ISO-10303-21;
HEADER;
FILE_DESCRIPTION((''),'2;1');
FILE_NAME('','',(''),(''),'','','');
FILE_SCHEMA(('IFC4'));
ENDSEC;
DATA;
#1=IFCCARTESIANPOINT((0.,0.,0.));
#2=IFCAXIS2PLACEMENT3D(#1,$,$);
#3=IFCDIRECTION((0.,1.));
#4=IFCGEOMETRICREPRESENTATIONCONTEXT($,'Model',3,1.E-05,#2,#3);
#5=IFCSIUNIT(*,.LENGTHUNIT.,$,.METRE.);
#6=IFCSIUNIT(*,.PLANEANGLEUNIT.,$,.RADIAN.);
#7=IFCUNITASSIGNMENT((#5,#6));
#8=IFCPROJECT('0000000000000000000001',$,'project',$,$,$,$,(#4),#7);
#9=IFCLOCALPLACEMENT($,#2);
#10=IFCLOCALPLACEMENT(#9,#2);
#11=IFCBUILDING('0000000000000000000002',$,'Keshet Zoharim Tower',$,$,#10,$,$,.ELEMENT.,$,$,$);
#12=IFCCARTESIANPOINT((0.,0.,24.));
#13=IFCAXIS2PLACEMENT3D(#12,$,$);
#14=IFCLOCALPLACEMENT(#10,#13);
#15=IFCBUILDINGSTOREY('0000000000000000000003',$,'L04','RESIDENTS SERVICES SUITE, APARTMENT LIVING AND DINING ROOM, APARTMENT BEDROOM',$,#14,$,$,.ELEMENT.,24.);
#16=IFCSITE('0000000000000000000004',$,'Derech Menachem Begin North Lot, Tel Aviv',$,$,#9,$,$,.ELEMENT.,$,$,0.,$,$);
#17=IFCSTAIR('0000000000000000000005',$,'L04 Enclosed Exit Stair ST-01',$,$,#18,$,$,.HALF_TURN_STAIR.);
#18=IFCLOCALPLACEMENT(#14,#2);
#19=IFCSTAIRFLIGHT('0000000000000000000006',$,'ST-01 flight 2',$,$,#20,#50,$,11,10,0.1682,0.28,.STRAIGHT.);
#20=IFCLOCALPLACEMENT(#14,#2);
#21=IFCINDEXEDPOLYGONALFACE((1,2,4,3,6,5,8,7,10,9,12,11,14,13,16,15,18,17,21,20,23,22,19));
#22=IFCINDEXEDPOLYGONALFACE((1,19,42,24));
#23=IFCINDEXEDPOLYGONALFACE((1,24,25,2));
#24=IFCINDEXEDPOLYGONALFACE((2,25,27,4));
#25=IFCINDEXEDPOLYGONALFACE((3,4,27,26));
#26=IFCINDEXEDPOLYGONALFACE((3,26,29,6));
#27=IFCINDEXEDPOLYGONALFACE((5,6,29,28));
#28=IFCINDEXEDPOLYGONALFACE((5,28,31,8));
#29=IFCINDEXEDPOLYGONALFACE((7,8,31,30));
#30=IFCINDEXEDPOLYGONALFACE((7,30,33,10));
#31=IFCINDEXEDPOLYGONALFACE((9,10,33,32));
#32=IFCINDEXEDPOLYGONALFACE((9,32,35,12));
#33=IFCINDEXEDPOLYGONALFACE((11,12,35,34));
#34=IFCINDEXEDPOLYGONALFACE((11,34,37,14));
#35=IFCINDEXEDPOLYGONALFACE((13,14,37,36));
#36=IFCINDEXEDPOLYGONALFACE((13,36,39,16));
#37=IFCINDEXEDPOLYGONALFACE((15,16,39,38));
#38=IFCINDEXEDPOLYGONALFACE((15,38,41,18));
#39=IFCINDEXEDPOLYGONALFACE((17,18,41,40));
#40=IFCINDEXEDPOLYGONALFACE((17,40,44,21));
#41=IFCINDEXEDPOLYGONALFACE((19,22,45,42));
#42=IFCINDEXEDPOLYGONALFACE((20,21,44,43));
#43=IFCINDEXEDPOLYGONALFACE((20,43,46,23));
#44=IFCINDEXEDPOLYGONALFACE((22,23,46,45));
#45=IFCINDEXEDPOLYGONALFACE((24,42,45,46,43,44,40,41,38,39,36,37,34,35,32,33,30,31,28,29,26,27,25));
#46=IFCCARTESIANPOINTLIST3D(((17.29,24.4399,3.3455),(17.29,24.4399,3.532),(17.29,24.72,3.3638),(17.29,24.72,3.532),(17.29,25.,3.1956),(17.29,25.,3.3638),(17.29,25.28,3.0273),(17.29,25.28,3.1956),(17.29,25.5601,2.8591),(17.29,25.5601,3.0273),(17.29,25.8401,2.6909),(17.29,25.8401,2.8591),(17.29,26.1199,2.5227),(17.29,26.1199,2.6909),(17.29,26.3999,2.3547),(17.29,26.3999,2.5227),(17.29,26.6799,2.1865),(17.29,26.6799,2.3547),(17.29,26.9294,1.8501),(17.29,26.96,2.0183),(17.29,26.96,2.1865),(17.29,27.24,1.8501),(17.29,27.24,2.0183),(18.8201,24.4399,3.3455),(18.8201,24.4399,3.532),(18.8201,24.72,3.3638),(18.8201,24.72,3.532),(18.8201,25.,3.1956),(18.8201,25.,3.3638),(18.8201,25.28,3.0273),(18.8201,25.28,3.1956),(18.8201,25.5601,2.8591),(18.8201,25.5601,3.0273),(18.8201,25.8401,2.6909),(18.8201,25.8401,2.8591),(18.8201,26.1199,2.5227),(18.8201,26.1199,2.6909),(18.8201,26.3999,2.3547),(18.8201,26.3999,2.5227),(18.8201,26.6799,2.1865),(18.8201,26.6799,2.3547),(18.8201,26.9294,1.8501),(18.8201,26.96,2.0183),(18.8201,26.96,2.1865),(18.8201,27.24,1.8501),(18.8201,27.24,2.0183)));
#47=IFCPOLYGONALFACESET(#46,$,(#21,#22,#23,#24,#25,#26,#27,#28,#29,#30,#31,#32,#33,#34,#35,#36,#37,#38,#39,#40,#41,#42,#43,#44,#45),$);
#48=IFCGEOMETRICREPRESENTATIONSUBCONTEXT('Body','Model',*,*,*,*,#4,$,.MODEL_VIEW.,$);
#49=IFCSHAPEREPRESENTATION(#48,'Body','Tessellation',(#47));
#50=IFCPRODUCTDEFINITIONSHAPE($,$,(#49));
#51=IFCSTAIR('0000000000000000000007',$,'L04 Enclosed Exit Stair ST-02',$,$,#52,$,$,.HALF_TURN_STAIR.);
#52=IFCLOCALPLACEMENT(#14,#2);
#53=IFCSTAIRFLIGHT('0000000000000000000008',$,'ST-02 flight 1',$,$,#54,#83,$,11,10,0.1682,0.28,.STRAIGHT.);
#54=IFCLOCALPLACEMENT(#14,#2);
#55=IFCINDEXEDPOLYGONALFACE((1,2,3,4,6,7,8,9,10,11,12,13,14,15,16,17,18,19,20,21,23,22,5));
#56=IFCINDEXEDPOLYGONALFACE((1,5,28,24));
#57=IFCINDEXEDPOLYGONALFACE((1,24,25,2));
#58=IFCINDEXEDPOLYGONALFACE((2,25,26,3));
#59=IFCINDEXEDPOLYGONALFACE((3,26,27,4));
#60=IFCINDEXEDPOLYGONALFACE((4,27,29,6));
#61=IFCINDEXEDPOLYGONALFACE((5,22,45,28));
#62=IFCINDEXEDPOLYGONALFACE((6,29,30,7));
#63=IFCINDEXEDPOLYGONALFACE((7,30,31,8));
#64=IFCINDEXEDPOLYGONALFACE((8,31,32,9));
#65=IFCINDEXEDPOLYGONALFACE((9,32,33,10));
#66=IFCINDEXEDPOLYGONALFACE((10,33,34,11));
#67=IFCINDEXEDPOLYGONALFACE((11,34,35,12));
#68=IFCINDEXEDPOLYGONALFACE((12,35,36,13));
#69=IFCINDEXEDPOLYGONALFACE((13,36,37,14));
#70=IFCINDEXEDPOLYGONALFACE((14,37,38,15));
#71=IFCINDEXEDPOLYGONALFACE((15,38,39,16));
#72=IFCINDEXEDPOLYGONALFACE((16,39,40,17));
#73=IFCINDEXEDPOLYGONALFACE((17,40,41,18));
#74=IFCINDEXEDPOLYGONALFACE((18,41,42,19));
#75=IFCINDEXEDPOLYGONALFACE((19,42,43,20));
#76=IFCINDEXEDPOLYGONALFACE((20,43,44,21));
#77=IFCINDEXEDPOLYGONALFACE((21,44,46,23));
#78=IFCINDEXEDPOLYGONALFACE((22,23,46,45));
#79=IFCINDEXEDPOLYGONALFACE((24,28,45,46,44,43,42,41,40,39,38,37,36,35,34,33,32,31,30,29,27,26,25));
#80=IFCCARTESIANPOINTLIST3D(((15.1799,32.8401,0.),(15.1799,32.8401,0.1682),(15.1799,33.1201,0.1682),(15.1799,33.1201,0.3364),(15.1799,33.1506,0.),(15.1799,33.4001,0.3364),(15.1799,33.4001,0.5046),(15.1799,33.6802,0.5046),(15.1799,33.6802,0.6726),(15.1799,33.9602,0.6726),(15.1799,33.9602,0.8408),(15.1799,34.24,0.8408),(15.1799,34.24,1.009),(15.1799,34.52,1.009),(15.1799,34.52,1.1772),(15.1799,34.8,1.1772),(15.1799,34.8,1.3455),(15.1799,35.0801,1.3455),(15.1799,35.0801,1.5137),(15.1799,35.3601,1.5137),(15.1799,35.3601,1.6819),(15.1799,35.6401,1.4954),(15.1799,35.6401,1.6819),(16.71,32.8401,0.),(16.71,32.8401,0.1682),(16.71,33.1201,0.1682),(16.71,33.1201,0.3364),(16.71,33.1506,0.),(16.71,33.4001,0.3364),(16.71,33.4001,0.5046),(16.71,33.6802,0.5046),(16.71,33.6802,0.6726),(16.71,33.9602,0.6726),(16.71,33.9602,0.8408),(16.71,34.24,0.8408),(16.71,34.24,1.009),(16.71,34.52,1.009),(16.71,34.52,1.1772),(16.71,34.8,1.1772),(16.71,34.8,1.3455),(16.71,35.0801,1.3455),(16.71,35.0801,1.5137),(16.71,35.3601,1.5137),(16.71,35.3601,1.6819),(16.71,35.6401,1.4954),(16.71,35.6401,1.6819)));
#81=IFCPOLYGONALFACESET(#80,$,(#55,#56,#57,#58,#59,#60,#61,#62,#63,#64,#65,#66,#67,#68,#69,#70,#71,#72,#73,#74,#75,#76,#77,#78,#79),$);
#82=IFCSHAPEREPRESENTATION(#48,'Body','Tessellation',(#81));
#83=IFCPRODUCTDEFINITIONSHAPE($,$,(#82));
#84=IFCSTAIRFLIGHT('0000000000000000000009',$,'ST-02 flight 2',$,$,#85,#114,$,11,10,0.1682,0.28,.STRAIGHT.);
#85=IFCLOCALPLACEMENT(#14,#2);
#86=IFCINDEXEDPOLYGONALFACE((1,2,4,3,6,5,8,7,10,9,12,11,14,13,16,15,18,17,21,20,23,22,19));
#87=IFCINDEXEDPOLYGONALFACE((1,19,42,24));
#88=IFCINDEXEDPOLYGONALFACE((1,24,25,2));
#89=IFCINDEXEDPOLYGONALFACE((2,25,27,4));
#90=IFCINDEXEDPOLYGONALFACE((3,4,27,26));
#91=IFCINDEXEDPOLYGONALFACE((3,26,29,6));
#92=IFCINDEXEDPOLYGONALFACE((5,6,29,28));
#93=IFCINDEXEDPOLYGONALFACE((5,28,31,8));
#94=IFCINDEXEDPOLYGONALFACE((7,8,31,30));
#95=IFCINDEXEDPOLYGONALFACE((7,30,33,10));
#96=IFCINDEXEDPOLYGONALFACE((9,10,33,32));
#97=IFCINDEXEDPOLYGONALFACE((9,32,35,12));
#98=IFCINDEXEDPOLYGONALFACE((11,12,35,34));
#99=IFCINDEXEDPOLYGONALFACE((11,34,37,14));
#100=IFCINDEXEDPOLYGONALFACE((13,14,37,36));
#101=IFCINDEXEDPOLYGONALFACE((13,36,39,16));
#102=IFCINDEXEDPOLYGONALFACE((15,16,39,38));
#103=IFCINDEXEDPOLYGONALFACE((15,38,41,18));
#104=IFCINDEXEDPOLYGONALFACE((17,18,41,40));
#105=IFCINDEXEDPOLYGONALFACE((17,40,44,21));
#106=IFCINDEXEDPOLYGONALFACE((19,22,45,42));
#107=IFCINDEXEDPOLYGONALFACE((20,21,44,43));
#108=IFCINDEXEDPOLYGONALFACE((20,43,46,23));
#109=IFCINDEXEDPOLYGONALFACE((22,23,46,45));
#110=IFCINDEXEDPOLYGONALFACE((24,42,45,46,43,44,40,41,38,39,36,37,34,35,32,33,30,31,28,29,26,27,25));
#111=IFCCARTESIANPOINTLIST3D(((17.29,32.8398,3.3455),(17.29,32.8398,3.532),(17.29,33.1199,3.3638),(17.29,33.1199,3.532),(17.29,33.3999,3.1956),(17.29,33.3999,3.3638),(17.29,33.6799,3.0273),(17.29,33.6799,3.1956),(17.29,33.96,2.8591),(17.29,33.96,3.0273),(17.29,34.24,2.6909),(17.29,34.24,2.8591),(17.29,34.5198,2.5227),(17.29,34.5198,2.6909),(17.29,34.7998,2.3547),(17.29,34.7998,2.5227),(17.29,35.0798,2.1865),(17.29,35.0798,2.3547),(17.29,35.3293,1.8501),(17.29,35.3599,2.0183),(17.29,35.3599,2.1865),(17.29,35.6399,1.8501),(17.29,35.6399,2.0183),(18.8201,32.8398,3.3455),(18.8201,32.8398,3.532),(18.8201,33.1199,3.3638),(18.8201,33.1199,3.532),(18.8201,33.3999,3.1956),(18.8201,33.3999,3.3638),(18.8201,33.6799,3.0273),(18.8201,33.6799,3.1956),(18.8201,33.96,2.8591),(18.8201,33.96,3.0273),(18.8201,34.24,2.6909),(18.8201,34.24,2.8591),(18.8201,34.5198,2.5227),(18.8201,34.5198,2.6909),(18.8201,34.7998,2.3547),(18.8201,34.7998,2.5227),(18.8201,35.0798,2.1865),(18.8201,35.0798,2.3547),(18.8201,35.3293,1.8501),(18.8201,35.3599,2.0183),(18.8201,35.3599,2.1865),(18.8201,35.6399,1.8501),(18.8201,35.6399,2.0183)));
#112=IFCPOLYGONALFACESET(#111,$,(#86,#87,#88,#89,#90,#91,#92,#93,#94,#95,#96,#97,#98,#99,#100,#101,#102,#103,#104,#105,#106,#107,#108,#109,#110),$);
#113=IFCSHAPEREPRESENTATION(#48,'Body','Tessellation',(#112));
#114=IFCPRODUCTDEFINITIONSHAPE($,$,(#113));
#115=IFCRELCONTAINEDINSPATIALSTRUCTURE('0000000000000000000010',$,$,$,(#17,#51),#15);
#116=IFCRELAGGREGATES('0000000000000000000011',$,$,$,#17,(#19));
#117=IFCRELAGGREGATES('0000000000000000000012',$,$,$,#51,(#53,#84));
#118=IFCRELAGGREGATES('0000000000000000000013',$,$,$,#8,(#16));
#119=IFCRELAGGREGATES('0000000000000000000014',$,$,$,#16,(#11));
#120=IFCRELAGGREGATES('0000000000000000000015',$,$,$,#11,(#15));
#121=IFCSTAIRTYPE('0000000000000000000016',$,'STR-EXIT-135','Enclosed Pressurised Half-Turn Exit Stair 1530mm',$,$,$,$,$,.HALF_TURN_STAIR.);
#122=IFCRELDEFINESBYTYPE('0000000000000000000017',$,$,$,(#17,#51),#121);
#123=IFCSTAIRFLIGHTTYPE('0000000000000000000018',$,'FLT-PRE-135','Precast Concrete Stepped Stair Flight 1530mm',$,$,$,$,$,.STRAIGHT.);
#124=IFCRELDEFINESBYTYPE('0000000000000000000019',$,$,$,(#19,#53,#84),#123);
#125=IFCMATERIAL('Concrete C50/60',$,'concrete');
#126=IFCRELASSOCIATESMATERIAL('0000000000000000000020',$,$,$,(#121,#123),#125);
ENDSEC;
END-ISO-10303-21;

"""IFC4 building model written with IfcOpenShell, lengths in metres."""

from ifc_helpers import new_model, si_unit, direction, frame, origin, place, context, subcontext, project, spatial, polyline, outline, extrude, material, type_object, element, aggregate, save


model = new_model("IFC4")

# Units and contexts
model_context = context("Model", 3, precision=1e-05, world=origin(), true_north=direction((0.0, 1.0)))
body_context = subcontext(model_context, "Body", "Model", "MODEL_VIEW")
ifc_project = project(units=[si_unit("LENGTHUNIT", "METRE"), si_unit("PLANEANGLEUNIT", "RADIAN")], contexts=[model_context])

# Site, building, storey
site_placement = place(None, origin())
site = spatial("IfcSite", under=ifc_project, at=site_placement, Name="Derech Menachem Begin North Lot, Tel Aviv", CompositionType="ELEMENT", RefElevation=0.0)
building_placement = place(site_placement, origin())
building = spatial("IfcBuilding", under=site, at=building_placement, Name="Keshet Zoharim Tower", CompositionType="ELEMENT")
storey_placement = place(building_placement, frame((0.0, 0.0, 24.0)))
storey = spatial("IfcBuildingStorey", under=building, at=storey_placement, Name="L04", Description="RESIDENTS SERVICES SUITE, APARTMENT LIVING AND DINING ROOM, APARTMENT BEDROOM", CompositionType="ELEMENT", Elevation=24.0)

# Stairs, stair flights
ifc_material_1 = material(Name="Concrete C50/60", Category="concrete")
stair_type = type_object("IfcStairType", Name="STR-EXIT-135", Description="Enclosed Pressurised Half-Turn Exit Stair 1530mm", PredefinedType="HALF_TURN_STAIR", material=ifc_material_1)
stair_1_placement = place(storey_placement, origin())
stair_1 = element("IfcStair", 1, at=stair_1_placement, inside=storey, type_object=stair_type, Name="L04 Enclosed Exit Stair ST-01", PredefinedType="HALF_TURN_STAIR")
stair_flight_type = type_object("IfcStairFlightType", Name="FLT-PRE-135", Description="Precast Concrete Stepped Stair Flight 1530mm", PredefinedType="STRAIGHT", material=ifc_material_1)
stair_flight_1_placement = place(storey_placement, frame((18.0549, 27.24, 1.8501), z_axis=(0.0, 0.0, 1.0), x_axis=(0.0, -1.0, 0.0)))
stair_flight_1 = element("IfcStairFlight", 2, at=stair_flight_1_placement, type_object=stair_flight_type, Name="ST-01 flight 2", NumberOfRisers=11, NumberOfTreads=10, PredefinedType="STRAIGHT", RiserHeight=0.1682, TreadLength=0.28, context=body_context, shape_type="SweptSolid", body=[
    extrude(outline(polyline([(0.0, 0.0), (0.0, 0.1682), (0.28, 0.1682), (0.28, 0.3364), (0.5601, 0.3364), (0.5601, 0.5046), (0.8401, 0.5046), (0.8401, 0.6726), (1.1201, 0.6726), (1.1201, 0.8408), (1.3999, 0.8408), (1.3999, 1.009), (1.6799, 1.009), (1.6799, 1.1772), (1.96, 1.1772), (1.96, 1.3455), (2.24, 1.3455), (2.24, 1.5137), (2.52, 1.5137), (2.52, 1.6819), (2.8, 1.6819), (2.8, 1.8501), (2.8, 1.4954), (0.3105, 0.0), (0.0, 0.0)])), frame((0.0, 0.7651, 0.0), z_axis=(0.0, -1.0, 0.0), x_axis=(1.0, 0.0, 0.0)), (0.0, 0.0, 1.0), 1.53),
])
aggregate(stair_1, [stair_flight_1])
stair_2_placement = place(storey_placement, origin())
stair_2 = element("IfcStair", 3, at=stair_2_placement, inside=storey, type_object=stair_type, Name="L04 Enclosed Exit Stair ST-02", PredefinedType="HALF_TURN_STAIR")
stair_flight_2_placement = place(storey_placement, frame((15.9451, 32.8401, 0.0), z_axis=(0.0, 0.0, 1.0), x_axis=(0.0, 1.0, 0.0)))
stair_flight_2 = element("IfcStairFlight", 4, at=stair_flight_2_placement, type_object=stair_flight_type, Name="ST-02 flight 1", NumberOfRisers=11, NumberOfTreads=10, PredefinedType="STRAIGHT", RiserHeight=0.1682, TreadLength=0.28, context=body_context, shape_type="SweptSolid", body=[
    extrude(outline(polyline([(0.0, 0.0), (0.0, 0.1682), (0.28, 0.1682), (0.28, 0.3364), (0.5601, 0.3364), (0.5601, 0.5046), (0.8401, 0.5046), (0.8401, 0.6726), (1.1201, 0.6726), (1.1201, 0.8408), (1.3999, 0.8408), (1.3999, 1.009), (1.6799, 1.009), (1.6799, 1.1772), (1.96, 1.1772), (1.96, 1.3455), (2.24, 1.3455), (2.24, 1.5137), (2.52, 1.5137), (2.52, 1.6819), (2.8, 1.6819), (2.8, 1.8501), (2.8, 1.4954), (0.3105, 0.0), (0.0, 0.0)])), frame((0.0, 0.7651, 0.0), z_axis=(0.0, -1.0, 0.0), x_axis=(1.0, 0.0, 0.0)), (0.0, 0.0, 1.0), 1.53),
])
stair_flight_3_placement = place(storey_placement, frame((18.0549, 35.6399, 1.8501), z_axis=(0.0, 0.0, 1.0), x_axis=(0.0, -1.0, 0.0)))
stair_flight_3 = element("IfcStairFlight", 5, at=stair_flight_3_placement, type_object=stair_flight_type, Name="ST-02 flight 2", NumberOfRisers=11, NumberOfTreads=10, PredefinedType="STRAIGHT", RiserHeight=0.1682, TreadLength=0.28, context=body_context, shape_type="SweptSolid", body=[
    extrude(outline(polyline([(0.0, 0.0), (0.0, 0.1682), (0.28, 0.1682), (0.28, 0.3364), (0.5601, 0.3364), (0.5601, 0.5046), (0.8401, 0.5046), (0.8401, 0.6726), (1.1201, 0.6726), (1.1201, 0.8408), (1.3999, 0.8408), (1.3999, 1.009), (1.6799, 1.009), (1.6799, 1.1772), (1.96, 1.1772), (1.96, 1.3455), (2.24, 1.3455), (2.24, 1.5137), (2.52, 1.5137), (2.52, 1.6819), (2.8, 1.6819), (2.8, 1.8501), (2.8, 1.4954), (0.3105, 0.0), (0.0, 0.0)])), frame((0.0, 0.7651, 0.0), z_axis=(0.0, -1.0, 0.0), x_axis=(1.0, 0.0, 0.0)), (0.0, 0.0, 1.0), 1.53),
])
aggregate(stair_2, [stair_flight_2, stair_flight_3])

save(model, "model.ifc")
